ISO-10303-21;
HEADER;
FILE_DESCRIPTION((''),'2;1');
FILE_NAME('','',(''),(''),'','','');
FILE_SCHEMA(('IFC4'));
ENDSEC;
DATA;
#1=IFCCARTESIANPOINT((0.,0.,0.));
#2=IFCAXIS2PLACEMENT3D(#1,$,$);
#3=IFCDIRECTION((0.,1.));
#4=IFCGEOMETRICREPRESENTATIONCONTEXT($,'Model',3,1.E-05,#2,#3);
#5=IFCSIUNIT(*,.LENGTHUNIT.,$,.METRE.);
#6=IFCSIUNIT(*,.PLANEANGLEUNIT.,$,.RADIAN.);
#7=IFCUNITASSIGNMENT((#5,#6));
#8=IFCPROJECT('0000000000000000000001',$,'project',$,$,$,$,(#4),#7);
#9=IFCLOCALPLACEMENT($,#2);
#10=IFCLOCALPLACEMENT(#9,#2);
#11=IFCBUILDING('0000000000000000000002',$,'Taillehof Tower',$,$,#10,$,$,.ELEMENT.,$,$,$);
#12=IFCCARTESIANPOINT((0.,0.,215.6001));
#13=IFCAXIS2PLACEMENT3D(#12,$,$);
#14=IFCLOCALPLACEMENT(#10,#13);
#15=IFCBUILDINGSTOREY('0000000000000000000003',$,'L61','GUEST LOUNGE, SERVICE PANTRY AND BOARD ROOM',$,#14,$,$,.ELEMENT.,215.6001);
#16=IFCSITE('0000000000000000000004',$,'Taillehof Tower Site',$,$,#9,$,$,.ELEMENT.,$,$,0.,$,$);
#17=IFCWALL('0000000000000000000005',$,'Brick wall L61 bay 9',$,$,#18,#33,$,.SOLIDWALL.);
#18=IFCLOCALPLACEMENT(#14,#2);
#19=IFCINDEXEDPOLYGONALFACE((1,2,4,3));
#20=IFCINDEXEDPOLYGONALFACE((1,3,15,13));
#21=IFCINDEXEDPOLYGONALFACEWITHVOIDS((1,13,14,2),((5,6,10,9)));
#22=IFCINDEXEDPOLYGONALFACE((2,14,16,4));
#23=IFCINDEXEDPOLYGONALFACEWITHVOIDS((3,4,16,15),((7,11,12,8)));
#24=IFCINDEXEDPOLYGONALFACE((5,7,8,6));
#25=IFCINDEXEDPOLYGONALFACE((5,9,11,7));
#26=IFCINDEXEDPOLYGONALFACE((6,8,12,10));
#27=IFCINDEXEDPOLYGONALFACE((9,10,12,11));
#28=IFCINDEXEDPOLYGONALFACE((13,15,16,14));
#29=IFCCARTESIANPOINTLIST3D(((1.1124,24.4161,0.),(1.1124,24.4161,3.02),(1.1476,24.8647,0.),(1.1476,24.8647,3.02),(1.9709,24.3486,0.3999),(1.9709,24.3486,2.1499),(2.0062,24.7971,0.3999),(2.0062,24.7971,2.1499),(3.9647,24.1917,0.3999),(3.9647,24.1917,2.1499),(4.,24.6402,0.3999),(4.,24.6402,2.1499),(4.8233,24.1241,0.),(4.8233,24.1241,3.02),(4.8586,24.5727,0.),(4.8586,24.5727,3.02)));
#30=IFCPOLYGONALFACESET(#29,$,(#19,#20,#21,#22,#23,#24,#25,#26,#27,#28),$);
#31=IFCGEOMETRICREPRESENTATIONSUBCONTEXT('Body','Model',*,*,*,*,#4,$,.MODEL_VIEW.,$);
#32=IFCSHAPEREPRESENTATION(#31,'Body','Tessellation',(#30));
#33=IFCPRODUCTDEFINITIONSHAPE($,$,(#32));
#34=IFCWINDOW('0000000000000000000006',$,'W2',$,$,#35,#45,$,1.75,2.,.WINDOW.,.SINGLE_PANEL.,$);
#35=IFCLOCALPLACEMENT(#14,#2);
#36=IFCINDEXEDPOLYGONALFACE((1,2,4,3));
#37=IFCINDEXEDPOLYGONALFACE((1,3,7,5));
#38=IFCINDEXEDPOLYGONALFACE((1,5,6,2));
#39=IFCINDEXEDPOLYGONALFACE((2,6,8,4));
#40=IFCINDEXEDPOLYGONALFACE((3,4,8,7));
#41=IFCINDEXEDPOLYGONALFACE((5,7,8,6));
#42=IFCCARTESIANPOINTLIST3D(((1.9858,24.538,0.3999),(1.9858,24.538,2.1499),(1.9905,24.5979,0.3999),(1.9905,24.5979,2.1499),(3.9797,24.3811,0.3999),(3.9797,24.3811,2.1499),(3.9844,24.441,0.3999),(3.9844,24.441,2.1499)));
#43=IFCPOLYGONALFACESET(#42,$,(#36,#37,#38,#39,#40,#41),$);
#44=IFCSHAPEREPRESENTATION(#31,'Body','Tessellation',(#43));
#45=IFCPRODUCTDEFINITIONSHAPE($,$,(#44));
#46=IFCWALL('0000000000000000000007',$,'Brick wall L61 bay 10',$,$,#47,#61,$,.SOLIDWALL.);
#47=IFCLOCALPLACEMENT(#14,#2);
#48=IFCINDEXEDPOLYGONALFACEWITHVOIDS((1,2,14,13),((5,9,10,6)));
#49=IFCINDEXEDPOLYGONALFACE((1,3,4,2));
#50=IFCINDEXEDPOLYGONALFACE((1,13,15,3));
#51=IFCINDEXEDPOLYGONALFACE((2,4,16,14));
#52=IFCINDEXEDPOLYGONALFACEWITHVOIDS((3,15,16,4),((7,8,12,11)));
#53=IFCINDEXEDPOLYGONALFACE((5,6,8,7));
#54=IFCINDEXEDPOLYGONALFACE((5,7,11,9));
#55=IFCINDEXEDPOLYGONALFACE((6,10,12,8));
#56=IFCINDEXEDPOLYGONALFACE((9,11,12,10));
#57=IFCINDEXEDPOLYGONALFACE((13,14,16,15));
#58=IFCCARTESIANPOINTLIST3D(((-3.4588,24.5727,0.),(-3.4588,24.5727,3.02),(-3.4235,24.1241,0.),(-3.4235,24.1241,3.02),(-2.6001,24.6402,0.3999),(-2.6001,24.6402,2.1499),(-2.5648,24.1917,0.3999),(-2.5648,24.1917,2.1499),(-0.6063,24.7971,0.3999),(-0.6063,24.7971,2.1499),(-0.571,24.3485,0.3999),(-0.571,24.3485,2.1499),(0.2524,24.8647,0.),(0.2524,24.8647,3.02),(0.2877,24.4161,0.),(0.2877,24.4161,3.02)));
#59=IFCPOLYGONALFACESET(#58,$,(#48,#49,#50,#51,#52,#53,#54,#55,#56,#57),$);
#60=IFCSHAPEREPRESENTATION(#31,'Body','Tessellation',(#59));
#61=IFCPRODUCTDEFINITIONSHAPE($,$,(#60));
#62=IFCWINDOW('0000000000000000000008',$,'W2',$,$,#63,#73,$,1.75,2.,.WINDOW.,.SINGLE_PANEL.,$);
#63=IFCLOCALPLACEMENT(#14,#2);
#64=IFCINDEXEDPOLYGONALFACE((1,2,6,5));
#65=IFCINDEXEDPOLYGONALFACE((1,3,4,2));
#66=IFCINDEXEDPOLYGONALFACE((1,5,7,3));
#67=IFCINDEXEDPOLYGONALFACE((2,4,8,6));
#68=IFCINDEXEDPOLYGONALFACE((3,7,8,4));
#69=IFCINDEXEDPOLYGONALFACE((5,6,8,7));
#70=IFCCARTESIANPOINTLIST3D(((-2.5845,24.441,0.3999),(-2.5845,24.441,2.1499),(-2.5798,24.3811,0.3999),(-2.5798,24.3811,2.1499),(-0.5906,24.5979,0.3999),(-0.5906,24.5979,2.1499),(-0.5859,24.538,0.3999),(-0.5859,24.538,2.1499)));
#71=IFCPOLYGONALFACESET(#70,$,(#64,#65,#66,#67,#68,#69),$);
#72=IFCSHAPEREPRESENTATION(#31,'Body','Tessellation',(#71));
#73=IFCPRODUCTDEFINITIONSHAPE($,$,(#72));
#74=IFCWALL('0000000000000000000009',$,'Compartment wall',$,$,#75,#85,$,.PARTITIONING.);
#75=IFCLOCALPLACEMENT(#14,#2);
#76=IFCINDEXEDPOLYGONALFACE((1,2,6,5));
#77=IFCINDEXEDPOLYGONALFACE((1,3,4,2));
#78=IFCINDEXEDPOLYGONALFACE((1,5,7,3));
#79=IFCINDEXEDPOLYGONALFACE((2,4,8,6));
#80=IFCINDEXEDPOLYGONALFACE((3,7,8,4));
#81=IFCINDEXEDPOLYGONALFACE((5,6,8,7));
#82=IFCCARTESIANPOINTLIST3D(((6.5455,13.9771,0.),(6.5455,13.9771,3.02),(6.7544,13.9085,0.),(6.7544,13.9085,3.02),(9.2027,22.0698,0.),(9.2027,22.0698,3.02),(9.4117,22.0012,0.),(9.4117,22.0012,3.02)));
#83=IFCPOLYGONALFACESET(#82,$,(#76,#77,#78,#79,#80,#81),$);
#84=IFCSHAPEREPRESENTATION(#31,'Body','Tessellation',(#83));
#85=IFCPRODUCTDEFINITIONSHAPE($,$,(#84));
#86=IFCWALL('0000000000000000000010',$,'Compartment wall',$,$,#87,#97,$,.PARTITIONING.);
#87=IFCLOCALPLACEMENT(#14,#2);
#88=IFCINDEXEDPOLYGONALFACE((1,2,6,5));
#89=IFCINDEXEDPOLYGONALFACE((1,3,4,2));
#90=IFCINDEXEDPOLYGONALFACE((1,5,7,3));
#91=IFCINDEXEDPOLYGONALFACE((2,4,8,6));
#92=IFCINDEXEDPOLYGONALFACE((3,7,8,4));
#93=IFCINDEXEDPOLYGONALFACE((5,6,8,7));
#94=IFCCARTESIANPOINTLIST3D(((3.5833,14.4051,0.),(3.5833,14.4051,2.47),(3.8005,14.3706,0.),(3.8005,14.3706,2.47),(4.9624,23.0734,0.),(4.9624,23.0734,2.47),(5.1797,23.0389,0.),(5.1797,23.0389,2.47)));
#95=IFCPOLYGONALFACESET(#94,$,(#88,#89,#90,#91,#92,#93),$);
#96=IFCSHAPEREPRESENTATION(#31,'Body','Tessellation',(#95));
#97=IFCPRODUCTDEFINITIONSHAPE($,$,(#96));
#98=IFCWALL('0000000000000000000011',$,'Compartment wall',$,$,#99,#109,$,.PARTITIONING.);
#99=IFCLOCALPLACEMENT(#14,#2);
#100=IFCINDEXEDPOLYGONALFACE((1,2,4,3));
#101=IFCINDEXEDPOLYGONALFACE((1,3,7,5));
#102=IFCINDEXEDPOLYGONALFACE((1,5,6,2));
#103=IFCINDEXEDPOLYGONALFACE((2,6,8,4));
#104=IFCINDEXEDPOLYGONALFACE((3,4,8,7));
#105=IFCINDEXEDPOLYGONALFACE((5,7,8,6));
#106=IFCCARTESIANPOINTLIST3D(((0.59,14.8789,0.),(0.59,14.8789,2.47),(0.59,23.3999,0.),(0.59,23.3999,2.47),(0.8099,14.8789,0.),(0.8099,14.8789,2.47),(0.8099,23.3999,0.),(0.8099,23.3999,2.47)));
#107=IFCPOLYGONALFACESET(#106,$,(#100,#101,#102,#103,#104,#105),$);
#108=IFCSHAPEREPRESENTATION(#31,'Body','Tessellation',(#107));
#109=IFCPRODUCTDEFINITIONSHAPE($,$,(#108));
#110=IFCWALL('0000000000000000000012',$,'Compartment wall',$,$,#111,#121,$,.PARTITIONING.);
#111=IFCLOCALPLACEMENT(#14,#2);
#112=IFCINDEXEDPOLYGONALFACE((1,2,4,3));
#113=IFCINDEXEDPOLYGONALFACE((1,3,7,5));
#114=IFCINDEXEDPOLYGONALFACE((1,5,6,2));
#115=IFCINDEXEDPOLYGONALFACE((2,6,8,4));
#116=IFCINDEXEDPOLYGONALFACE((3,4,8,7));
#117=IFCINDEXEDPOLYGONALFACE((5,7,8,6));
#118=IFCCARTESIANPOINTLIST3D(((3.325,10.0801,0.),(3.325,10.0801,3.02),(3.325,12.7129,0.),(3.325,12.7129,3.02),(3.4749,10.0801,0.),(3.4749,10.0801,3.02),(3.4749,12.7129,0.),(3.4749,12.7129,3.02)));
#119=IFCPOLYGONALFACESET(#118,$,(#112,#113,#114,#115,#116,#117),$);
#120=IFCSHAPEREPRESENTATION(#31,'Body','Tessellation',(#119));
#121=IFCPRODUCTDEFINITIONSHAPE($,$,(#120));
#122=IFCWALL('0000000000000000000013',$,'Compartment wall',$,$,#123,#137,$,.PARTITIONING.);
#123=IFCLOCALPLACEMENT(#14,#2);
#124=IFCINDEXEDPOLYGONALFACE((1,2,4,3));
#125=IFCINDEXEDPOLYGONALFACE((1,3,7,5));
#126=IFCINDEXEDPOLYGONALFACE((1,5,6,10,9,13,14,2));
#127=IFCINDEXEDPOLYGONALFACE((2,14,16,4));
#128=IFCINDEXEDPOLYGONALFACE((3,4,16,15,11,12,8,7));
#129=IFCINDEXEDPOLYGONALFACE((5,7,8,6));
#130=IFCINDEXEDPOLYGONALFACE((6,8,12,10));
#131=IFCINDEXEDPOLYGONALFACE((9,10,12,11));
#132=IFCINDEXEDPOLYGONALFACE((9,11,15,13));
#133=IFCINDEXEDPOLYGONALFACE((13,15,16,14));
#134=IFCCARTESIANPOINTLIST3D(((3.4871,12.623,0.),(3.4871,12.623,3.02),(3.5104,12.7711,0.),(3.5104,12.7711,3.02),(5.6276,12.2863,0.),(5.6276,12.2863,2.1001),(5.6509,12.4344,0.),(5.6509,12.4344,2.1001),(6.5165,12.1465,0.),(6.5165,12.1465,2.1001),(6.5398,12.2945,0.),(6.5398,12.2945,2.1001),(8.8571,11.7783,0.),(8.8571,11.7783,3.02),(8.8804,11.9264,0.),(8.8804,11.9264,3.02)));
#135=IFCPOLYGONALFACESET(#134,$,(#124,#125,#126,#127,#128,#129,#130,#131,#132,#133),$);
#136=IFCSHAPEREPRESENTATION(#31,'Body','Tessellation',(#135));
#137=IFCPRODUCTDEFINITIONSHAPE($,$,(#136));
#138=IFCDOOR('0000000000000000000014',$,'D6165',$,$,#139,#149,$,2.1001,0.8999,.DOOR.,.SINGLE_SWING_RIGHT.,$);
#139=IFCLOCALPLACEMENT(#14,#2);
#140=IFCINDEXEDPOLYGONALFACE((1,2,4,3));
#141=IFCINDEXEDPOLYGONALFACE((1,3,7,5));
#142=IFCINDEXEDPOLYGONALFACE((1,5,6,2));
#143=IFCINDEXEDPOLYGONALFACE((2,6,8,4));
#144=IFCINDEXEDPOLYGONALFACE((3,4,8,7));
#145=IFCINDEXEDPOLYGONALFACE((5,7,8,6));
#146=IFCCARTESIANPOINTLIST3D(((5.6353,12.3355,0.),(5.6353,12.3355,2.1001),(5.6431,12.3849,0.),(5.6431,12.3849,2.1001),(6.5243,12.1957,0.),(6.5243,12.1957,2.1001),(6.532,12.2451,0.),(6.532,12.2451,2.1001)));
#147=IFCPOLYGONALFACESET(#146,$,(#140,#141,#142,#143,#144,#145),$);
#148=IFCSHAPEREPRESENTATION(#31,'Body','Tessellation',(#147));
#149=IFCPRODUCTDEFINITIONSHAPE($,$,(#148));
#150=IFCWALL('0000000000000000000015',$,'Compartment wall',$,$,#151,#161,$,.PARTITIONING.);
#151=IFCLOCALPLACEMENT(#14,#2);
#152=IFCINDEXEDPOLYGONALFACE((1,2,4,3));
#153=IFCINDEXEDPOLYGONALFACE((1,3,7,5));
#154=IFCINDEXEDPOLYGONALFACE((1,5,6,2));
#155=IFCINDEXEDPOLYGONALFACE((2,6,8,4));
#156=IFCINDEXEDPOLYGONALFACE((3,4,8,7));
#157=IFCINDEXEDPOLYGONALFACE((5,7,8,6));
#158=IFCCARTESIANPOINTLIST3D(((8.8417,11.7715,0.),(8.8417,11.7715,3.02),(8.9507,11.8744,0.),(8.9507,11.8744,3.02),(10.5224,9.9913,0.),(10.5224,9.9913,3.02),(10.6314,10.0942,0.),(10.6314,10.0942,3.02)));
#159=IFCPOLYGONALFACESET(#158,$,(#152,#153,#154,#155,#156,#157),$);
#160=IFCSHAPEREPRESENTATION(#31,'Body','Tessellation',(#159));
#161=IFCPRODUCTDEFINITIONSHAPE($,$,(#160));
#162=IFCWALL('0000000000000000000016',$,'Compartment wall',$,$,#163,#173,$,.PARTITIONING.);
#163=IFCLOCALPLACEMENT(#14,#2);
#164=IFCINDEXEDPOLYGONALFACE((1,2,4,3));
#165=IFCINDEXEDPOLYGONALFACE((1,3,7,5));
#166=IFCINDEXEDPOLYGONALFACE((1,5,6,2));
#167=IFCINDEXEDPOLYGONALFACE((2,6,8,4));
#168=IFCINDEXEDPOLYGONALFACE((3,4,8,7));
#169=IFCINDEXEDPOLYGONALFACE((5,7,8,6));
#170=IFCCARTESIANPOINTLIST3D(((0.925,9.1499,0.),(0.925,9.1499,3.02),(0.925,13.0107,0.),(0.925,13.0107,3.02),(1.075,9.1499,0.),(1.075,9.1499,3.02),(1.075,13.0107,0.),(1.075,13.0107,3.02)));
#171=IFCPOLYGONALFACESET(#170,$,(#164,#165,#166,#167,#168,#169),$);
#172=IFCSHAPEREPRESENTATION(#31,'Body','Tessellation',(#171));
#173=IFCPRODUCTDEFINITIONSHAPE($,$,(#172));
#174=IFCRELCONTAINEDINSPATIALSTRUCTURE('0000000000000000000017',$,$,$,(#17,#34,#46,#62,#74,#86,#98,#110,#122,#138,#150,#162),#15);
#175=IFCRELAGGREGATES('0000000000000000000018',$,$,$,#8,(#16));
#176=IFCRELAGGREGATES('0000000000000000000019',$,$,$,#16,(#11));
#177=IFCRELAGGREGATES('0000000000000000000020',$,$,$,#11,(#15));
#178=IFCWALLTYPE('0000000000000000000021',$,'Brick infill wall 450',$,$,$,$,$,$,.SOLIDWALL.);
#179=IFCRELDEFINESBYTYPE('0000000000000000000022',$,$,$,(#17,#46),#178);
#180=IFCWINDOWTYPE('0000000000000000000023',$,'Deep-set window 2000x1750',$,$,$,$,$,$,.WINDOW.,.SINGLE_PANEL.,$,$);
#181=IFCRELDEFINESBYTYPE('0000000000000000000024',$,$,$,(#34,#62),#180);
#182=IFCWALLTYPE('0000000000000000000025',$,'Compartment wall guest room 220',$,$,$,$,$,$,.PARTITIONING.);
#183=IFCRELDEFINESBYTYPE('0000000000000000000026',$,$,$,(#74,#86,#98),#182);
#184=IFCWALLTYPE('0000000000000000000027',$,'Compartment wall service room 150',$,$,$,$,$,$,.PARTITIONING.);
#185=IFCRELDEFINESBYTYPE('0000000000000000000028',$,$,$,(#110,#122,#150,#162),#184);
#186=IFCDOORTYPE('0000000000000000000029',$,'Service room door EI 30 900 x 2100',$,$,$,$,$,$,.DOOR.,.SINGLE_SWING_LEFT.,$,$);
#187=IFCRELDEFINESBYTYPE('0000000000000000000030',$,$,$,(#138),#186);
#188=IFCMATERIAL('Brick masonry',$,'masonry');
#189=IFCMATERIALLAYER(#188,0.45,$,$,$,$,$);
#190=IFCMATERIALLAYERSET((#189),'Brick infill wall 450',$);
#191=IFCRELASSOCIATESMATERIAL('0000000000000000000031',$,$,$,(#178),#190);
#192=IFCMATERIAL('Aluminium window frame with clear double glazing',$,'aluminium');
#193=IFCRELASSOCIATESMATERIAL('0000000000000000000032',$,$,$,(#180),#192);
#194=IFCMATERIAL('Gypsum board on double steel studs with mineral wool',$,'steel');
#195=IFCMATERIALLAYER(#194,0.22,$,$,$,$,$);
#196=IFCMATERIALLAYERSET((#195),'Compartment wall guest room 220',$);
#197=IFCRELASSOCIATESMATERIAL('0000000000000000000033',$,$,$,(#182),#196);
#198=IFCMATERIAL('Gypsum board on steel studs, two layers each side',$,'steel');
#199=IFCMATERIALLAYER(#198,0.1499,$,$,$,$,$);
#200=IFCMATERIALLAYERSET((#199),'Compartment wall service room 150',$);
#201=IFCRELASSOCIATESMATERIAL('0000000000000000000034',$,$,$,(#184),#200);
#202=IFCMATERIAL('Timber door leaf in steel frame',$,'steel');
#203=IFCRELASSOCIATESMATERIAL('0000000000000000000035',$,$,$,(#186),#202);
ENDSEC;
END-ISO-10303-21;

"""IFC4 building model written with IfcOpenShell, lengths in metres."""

from ifc_helpers import new_model, si_unit, direction, frame, frame_2d, origin, place, context, subcontext, project, spatial, rectangle, extrude, material, layer, layer_set, type_object, element, fill, save


model = new_model("IFC4")

# Units and contexts
model_context = context("Model", 3, precision=1e-05, world=origin(), true_north=direction((0.0, 1.0)))
body_context = subcontext(model_context, "Body", "Model", "MODEL_VIEW")
ifc_project = project(units=[si_unit("LENGTHUNIT", "METRE"), si_unit("PLANEANGLEUNIT", "RADIAN")], contexts=[model_context])

# Site, building, storey
site_placement = place(None, origin())
site = spatial("IfcSite", under=ifc_project, at=site_placement, Name="Taillehof Tower Site", CompositionType="ELEMENT", RefElevation=0.0)
building_placement = place(site_placement, origin())
building = spatial("IfcBuilding", under=site, at=building_placement, Name="Taillehof Tower", CompositionType="ELEMENT")
storey_placement = place(building_placement, frame((0.0, 0.0, 215.6001)))
storey = spatial("IfcBuildingStorey", under=building, at=storey_placement, Name="L61", Description="GUEST LOUNGE, SERVICE PANTRY AND BOARD ROOM", CompositionType="ELEMENT", Elevation=215.6001)

# Walls, openings, windows
ifc_material_1 = material(Name="Brick masonry", Category="masonry")
ifc_layer_1 = layer(ifc_material_1, 0.45)
ifc_layer_set_1 = layer_set([ifc_layer_1], Name="Brick infill wall 450")
wall_type_1 = type_object("IfcWallType", Name="Brick infill wall 450", PredefinedType="SOLIDWALL", material=ifc_layer_set_1)
ifc_material_2 = material(Name="Aluminium window frame with clear double glazing", Category="aluminium")
window_type = type_object("IfcWindowType", Name="Deep-set window 2000x1750", PartitioningType="SINGLE_PANEL", PredefinedType="WINDOW", material=ifc_material_2)
wall_1_placement = place(storey_placement, frame((4.8411, 24.3484, 0.0), z_axis=(0.0, 0.0, 1.0), x_axis=(-0.996919, 0.078442, 0.0)))
wall_1 = element("IfcWall", 1, at=wall_1_placement, inside=storey, type_object=wall_type_1, Name="Brick wall L61 bay 9", PredefinedType="SOLIDWALL", context=body_context, shape_type="SweptSolid", body=[
    extrude(rectangle(XDim=3.7224, YDim=0.45, at=frame_2d((1.8613, 0.0))), origin(), (0.0, 0.0, 1.0), 3.02),
])
opening_1_placement = place(wall_1_placement, frame((0.8613, 0.0, 0.3999)))
opening_1 = element("IfcOpeningElement", 2, at=opening_1_placement, cuts=wall_1, PredefinedType="OPENING", context=body_context, shape_type="SweptSolid", body=[
    extrude(rectangle(XDim=2.0, YDim=1.75, at=frame_2d((1.0, 0.875))), frame((0.0, 0.2349, 0.0), z_axis=(0.0, -1.0, 0.0), x_axis=(1.0, 0.0, 0.0)), (0.0, 0.0, 1.0), 0.47),
])
window_1_placement = place(opening_1_placement, origin())
window_1 = element("IfcWindow", 3, at=window_1_placement, inside=storey, type_object=window_type, Name="W2", OverallHeight=1.75, OverallWidth=2.0, PartitioningType="SINGLE_PANEL", PredefinedType="WINDOW", context=body_context, shape_type="SweptSolid", body=[
    extrude(rectangle(XDim=2.0, YDim=1.75, at=frame_2d((1.0, 0.875))), frame((0.0, 0.0349, 0.0), z_axis=(0.0, -1.0, 0.0), x_axis=(1.0, 0.0, 0.0)), (0.0, 0.0, 1.0), 0.0601),
])
fill(opening_1, window_1)
wall_2_placement = place(storey_placement, frame((0.27, 24.6404, 0.0), z_axis=(0.0, 0.0, 1.0), x_axis=(-0.996919, -0.078437, 0.0)))
wall_2 = element("IfcWall", 4, at=wall_2_placement, inside=storey, type_object=wall_type_1, Name="Brick wall L61 bay 10", PredefinedType="SOLIDWALL", context=body_context, shape_type="SweptSolid", body=[
    extrude(rectangle(XDim=3.7227, YDim=0.45, at=frame_2d((1.8613, 0.0))), origin(), (0.0, 0.0, 1.0), 3.02),
])
opening_2_placement = place(wall_2_placement, frame((0.8613, 0.0, 0.3999)))
opening_2 = element("IfcOpeningElement", 5, at=opening_2_placement, cuts=wall_2, PredefinedType="OPENING", context=body_context, shape_type="SweptSolid", body=[
    extrude(rectangle(XDim=2.0, YDim=1.75, at=frame_2d((1.0, 0.875))), frame((0.0, 0.2349, 0.0), z_axis=(0.0, -1.0, 0.0), x_axis=(1.0, 0.0, 0.0)), (0.0, 0.0, 1.0), 0.47),
])
window_2_placement = place(opening_2_placement, origin())
window_2 = element("IfcWindow", 6, at=window_2_placement, inside=storey, type_object=window_type, Name="W2", OverallHeight=1.75, OverallWidth=2.0, PartitioningType="SINGLE_PANEL", PredefinedType="WINDOW", context=body_context, shape_type="SweptSolid", body=[
    extrude(rectangle(XDim=2.0, YDim=1.75, at=frame_2d((1.0, 0.875))), frame((0.0, 0.0349, 0.0), z_axis=(0.0, -1.0, 0.0), x_axis=(1.0, 0.0, 0.0)), (0.0, 0.0, 1.0), 0.0601),
])
fill(opening_2, window_2)

# Walls
ifc_material_3 = material(Name="Gypsum board on double steel studs with mineral wool", Category="steel")
ifc_layer_2 = layer(ifc_material_3, 0.22)
ifc_layer_set_2 = layer_set([ifc_layer_2], Name="Compartment wall guest room 220")
wall_type_2 = type_object("IfcWallType", Name="Compartment wall guest room 220", PredefinedType="PARTITIONING", material=ifc_layer_set_2)
wall_3_placement = place(storey_placement, frame((9.3071, 22.0354, 0.0), z_axis=(0.0, 0.0, 1.0), x_axis=(-0.31196, -0.950095, 0.0)))
element("IfcWall", 7, at=wall_3_placement, inside=storey, type_object=wall_type_2, Name="Compartment wall", PredefinedType="PARTITIONING", context=body_context, shape_type="SweptSolid", body=[
    extrude(rectangle(XDim=8.5178, YDim=0.22, at=frame_2d((4.2588, 0.0))), origin(), (0.0, 0.0, 1.0), 3.02),
])
wall_4_placement = place(storey_placement, frame((5.071, 23.0562, 0.0), z_axis=(0.0, 0.0, 1.0), x_axis=(-0.157128, -0.987578, 0.0)))
element("IfcWall", 8, at=wall_4_placement, inside=storey, type_object=wall_type_2, Name="Compartment wall", PredefinedType="PARTITIONING", context=body_context, shape_type="SweptSolid", body=[
    extrude(rectangle(XDim=8.7773, YDim=0.22, at=frame_2d((4.3887, 0.0))), origin(), (0.0, 0.0, 1.0), 2.47),
])
wall_5_placement = place(storey_placement, frame((0.7, 23.3999, 0.0), z_axis=(0.0, 0.0, 1.0), x_axis=(0.0, -1.0, 0.0)))
element("IfcWall", 9, at=wall_5_placement, inside=storey, type_object=wall_type_2, Name="Compartment wall", PredefinedType="PARTITIONING", context=body_context, shape_type="SweptSolid", body=[
    extrude(rectangle(XDim=8.521, YDim=0.22, at=frame_2d((4.2605, 0.0))), origin(), (0.0, 0.0, 1.0), 2.47),
])
ifc_material_4 = material(Name="Gypsum board on steel studs, two layers each side", Category="steel")
ifc_layer_3 = layer(ifc_material_4, 0.1499)
ifc_layer_set_3 = layer_set([ifc_layer_3], Name="Compartment wall service room 150")
wall_type_3 = type_object("IfcWallType", Name="Compartment wall service room 150", PredefinedType="PARTITIONING", material=ifc_layer_set_3)
wall_6_placement = place(storey_placement, frame((3.3999, 10.0801, 0.0), z_axis=(0.0, 0.0, 1.0), x_axis=(0.0, 1.0, 0.0)))
element("IfcWall", 10, at=wall_6_placement, inside=storey, type_object=wall_type_3, Name="Compartment wall", PredefinedType="PARTITIONING", context=body_context, shape_type="SweptSolid", body=[
    extrude(rectangle(XDim=2.6328, YDim=0.1499, at=frame_2d((1.3164, 0.0))), origin(), (0.0, 0.0, 1.0), 3.02),
])

# Wall, opening, door
wall_7_placement = place(storey_placement, frame((3.4988, 12.697, 0.0), z_axis=(0.0, 0.0, 1.0), x_axis=(0.987853, -0.155391, 0.0)))
wall_7 = element("IfcWall", 11, at=wall_7_placement, inside=storey, type_object=wall_type_3, Name="Compartment wall", PredefinedType="PARTITIONING", context=body_context, shape_type="SweptSolid", body=[
    extrude(rectangle(XDim=5.436, YDim=0.1499, at=frame_2d((2.718, 0.0))), origin(), (0.0, 0.0, 1.0), 3.02),
])
opening_3_placement = place(wall_7_placement, frame((2.1667, 0.0, 0.0)))
opening_3 = element("IfcOpeningElement", 12, at=opening_3_placement, cuts=wall_7, PredefinedType="OPENING", context=body_context, shape_type="SweptSolid", body=[
    extrude(rectangle(XDim=0.8999, YDim=2.1001, at=frame_2d((0.45, 1.05))), frame((0.0, 0.085, 0.0), z_axis=(0.0, -1.0, 0.0), x_axis=(1.0, 0.0, 0.0)), (0.0, 0.0, 1.0), 0.1699),
])
ifc_material_5 = material(Name="Timber door leaf in steel frame", Category="steel")
door_type = type_object("IfcDoorType", Name="Service room door EI 30 900 x 2100", OperationType="SINGLE_SWING_LEFT", PredefinedType="DOOR", material=ifc_material_5)
door_placement = place(opening_3_placement, origin())
door = element("IfcDoor", 13, at=door_placement, inside=storey, type_object=door_type, Name="D6165", OperationType="SINGLE_SWING_RIGHT", OverallHeight=2.1001, OverallWidth=0.8999, PredefinedType="DOOR", context=body_context, shape_type="SweptSolid", body=[
    extrude(rectangle(XDim=0.8999, YDim=2.1001, at=frame_2d((0.45, 1.05))), frame((0.0, 0.0249, 0.0), z_axis=(0.0, -1.0, 0.0), x_axis=(1.0, 0.0, 0.0)), (0.0, 0.0, 1.0), 0.05),
])
fill(opening_3, door)

# Walls
wall_8_placement = place(storey_placement, frame((8.8962, 11.823, 0.0), z_axis=(0.0, 0.0, 1.0), x_axis=(0.686471, -0.727157, 0.0)))
element("IfcWall", 14, at=wall_8_placement, inside=storey, type_object=wall_type_3, Name="Compartment wall", PredefinedType="PARTITIONING", context=body_context, shape_type="SweptSolid", body=[
    extrude(rectangle(XDim=2.4482, YDim=0.1499, at=frame_2d((1.2241, 0.0))), origin(), (0.0, 0.0, 1.0), 3.02),
])
wall_9_placement = place(storey_placement, frame((1.0, 13.0107, 0.0), z_axis=(0.0, 0.0, 1.0), x_axis=(0.0, -1.0, 0.0)))
element("IfcWall", 15, at=wall_9_placement, inside=storey, type_object=wall_type_3, Name="Compartment wall", PredefinedType="PARTITIONING", context=body_context, shape_type="SweptSolid", body=[
    extrude(rectangle(XDim=3.8608, YDim=0.1499, at=frame_2d((1.9304, 0.0))), origin(), (0.0, 0.0, 1.0), 3.02),
])

save(model, "model.ifc")
